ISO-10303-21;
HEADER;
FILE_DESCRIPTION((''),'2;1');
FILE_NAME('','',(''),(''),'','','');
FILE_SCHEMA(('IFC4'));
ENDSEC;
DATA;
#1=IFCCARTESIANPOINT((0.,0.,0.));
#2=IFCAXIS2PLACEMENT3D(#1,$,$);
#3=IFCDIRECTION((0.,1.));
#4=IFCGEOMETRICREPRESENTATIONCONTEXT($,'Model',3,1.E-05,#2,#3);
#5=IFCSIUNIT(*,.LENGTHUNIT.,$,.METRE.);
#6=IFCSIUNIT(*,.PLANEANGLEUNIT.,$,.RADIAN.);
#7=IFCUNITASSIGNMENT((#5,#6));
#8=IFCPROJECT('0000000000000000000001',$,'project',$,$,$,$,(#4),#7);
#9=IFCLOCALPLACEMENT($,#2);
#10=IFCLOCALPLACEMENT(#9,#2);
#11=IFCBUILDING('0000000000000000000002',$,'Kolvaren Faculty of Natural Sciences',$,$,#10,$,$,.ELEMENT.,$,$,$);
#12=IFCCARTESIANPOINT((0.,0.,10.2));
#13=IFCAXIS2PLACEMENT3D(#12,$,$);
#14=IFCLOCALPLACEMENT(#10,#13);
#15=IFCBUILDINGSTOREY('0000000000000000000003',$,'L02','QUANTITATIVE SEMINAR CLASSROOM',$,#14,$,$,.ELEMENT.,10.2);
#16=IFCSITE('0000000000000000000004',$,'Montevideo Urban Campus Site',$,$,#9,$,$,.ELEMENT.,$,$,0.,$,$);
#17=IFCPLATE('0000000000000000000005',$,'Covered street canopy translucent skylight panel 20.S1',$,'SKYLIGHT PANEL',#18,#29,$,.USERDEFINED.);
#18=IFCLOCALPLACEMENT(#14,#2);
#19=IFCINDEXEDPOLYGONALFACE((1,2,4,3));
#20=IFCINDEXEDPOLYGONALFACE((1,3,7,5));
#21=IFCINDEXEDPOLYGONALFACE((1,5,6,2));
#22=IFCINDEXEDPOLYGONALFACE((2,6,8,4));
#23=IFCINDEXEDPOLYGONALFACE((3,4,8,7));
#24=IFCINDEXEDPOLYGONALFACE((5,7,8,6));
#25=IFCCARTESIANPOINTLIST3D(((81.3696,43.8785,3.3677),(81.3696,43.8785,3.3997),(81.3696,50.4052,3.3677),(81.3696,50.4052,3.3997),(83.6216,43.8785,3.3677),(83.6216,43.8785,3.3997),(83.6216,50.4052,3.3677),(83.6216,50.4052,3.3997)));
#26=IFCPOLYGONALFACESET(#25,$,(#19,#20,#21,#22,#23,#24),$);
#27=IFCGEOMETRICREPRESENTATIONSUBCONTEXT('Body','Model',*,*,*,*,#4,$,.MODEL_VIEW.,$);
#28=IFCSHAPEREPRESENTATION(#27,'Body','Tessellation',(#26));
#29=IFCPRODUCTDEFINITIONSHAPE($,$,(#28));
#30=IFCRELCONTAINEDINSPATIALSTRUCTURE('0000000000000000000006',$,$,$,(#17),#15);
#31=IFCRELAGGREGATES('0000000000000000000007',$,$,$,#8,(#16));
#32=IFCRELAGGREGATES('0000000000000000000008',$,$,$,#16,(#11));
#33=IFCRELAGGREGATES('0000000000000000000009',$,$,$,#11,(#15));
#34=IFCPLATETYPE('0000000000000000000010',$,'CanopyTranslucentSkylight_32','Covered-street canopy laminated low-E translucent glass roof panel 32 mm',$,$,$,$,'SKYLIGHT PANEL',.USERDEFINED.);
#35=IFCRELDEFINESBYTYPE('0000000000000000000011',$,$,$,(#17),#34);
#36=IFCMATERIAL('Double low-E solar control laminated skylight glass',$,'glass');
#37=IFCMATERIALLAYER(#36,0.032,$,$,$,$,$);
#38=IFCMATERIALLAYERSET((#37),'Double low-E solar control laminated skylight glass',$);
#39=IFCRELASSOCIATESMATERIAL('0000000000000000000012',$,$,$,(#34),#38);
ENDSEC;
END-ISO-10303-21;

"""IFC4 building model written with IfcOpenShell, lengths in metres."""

from ifc_helpers import new_model, si_unit, direction, frame, origin, origin_2d, place, context, subcontext, project, spatial, rectangle, extrude, material, layer, layer_set, type_object, element, save


model = new_model("IFC4")

# Units and contexts
model_context = context("Model", 3, precision=1e-05, world=origin(), true_north=direction((0.0, 1.0)))
body_context = subcontext(model_context, "Body", "Model", "MODEL_VIEW")
ifc_project = project(units=[si_unit("LENGTHUNIT", "METRE"), si_unit("PLANEANGLEUNIT", "RADIAN")], contexts=[model_context])

# Site, building, storey
site_placement = place(None, origin())
site = spatial("IfcSite", under=ifc_project, at=site_placement, Name="Montevideo Urban Campus Site", CompositionType="ELEMENT", RefElevation=0.0)
building_placement = place(site_placement, origin())
building = spatial("IfcBuilding", under=site, at=building_placement, Name="Kolvaren Faculty of Natural Sciences", CompositionType="ELEMENT")
storey_placement = place(building_placement, frame((0.0, 0.0, 10.2)))
storey = spatial("IfcBuildingStorey", under=building, at=storey_placement, Name="L02", Description="QUANTITATIVE SEMINAR CLASSROOM", CompositionType="ELEMENT", Elevation=10.2)

# Plate
ifc_material_1 = material(Name="Double low-E solar control laminated skylight glass", Category="glass")
ifc_layer_1 = layer(ifc_material_1, 0.032)
ifc_layer_set_1 = layer_set([ifc_layer_1], Name="Double low-E solar control laminated skylight glass")
plate_type_1 = type_object("IfcPlateType", Name="CanopyTranslucentSkylight_32", Description="Covered-street canopy laminated low-E translucent glass roof panel 32 mm", ElementType="SKYLIGHT PANEL", PredefinedType="USERDEFINED", material=ifc_layer_set_1)
plate_1_placement = place(storey_placement, frame((82.4956, 47.1418, 3.3677), z_axis=(0.0, 0.0, 1.0), x_axis=(1.0, 0.0, 0.0)))
element("IfcPlate", 1, at=plate_1_placement, inside=storey, type_object=plate_type_1, Name="Covered street canopy translucent skylight panel 20.S1", ObjectType="SKYLIGHT PANEL", PredefinedType="USERDEFINED", context=body_context, shape_type="SweptSolid", body=[
    extrude(rectangle(XDim=2.252, YDim=6.5266, at=origin_2d()), origin(), (0.0, 0.0, 1.0), 0.032),
])

save(model, "model.ifc")
